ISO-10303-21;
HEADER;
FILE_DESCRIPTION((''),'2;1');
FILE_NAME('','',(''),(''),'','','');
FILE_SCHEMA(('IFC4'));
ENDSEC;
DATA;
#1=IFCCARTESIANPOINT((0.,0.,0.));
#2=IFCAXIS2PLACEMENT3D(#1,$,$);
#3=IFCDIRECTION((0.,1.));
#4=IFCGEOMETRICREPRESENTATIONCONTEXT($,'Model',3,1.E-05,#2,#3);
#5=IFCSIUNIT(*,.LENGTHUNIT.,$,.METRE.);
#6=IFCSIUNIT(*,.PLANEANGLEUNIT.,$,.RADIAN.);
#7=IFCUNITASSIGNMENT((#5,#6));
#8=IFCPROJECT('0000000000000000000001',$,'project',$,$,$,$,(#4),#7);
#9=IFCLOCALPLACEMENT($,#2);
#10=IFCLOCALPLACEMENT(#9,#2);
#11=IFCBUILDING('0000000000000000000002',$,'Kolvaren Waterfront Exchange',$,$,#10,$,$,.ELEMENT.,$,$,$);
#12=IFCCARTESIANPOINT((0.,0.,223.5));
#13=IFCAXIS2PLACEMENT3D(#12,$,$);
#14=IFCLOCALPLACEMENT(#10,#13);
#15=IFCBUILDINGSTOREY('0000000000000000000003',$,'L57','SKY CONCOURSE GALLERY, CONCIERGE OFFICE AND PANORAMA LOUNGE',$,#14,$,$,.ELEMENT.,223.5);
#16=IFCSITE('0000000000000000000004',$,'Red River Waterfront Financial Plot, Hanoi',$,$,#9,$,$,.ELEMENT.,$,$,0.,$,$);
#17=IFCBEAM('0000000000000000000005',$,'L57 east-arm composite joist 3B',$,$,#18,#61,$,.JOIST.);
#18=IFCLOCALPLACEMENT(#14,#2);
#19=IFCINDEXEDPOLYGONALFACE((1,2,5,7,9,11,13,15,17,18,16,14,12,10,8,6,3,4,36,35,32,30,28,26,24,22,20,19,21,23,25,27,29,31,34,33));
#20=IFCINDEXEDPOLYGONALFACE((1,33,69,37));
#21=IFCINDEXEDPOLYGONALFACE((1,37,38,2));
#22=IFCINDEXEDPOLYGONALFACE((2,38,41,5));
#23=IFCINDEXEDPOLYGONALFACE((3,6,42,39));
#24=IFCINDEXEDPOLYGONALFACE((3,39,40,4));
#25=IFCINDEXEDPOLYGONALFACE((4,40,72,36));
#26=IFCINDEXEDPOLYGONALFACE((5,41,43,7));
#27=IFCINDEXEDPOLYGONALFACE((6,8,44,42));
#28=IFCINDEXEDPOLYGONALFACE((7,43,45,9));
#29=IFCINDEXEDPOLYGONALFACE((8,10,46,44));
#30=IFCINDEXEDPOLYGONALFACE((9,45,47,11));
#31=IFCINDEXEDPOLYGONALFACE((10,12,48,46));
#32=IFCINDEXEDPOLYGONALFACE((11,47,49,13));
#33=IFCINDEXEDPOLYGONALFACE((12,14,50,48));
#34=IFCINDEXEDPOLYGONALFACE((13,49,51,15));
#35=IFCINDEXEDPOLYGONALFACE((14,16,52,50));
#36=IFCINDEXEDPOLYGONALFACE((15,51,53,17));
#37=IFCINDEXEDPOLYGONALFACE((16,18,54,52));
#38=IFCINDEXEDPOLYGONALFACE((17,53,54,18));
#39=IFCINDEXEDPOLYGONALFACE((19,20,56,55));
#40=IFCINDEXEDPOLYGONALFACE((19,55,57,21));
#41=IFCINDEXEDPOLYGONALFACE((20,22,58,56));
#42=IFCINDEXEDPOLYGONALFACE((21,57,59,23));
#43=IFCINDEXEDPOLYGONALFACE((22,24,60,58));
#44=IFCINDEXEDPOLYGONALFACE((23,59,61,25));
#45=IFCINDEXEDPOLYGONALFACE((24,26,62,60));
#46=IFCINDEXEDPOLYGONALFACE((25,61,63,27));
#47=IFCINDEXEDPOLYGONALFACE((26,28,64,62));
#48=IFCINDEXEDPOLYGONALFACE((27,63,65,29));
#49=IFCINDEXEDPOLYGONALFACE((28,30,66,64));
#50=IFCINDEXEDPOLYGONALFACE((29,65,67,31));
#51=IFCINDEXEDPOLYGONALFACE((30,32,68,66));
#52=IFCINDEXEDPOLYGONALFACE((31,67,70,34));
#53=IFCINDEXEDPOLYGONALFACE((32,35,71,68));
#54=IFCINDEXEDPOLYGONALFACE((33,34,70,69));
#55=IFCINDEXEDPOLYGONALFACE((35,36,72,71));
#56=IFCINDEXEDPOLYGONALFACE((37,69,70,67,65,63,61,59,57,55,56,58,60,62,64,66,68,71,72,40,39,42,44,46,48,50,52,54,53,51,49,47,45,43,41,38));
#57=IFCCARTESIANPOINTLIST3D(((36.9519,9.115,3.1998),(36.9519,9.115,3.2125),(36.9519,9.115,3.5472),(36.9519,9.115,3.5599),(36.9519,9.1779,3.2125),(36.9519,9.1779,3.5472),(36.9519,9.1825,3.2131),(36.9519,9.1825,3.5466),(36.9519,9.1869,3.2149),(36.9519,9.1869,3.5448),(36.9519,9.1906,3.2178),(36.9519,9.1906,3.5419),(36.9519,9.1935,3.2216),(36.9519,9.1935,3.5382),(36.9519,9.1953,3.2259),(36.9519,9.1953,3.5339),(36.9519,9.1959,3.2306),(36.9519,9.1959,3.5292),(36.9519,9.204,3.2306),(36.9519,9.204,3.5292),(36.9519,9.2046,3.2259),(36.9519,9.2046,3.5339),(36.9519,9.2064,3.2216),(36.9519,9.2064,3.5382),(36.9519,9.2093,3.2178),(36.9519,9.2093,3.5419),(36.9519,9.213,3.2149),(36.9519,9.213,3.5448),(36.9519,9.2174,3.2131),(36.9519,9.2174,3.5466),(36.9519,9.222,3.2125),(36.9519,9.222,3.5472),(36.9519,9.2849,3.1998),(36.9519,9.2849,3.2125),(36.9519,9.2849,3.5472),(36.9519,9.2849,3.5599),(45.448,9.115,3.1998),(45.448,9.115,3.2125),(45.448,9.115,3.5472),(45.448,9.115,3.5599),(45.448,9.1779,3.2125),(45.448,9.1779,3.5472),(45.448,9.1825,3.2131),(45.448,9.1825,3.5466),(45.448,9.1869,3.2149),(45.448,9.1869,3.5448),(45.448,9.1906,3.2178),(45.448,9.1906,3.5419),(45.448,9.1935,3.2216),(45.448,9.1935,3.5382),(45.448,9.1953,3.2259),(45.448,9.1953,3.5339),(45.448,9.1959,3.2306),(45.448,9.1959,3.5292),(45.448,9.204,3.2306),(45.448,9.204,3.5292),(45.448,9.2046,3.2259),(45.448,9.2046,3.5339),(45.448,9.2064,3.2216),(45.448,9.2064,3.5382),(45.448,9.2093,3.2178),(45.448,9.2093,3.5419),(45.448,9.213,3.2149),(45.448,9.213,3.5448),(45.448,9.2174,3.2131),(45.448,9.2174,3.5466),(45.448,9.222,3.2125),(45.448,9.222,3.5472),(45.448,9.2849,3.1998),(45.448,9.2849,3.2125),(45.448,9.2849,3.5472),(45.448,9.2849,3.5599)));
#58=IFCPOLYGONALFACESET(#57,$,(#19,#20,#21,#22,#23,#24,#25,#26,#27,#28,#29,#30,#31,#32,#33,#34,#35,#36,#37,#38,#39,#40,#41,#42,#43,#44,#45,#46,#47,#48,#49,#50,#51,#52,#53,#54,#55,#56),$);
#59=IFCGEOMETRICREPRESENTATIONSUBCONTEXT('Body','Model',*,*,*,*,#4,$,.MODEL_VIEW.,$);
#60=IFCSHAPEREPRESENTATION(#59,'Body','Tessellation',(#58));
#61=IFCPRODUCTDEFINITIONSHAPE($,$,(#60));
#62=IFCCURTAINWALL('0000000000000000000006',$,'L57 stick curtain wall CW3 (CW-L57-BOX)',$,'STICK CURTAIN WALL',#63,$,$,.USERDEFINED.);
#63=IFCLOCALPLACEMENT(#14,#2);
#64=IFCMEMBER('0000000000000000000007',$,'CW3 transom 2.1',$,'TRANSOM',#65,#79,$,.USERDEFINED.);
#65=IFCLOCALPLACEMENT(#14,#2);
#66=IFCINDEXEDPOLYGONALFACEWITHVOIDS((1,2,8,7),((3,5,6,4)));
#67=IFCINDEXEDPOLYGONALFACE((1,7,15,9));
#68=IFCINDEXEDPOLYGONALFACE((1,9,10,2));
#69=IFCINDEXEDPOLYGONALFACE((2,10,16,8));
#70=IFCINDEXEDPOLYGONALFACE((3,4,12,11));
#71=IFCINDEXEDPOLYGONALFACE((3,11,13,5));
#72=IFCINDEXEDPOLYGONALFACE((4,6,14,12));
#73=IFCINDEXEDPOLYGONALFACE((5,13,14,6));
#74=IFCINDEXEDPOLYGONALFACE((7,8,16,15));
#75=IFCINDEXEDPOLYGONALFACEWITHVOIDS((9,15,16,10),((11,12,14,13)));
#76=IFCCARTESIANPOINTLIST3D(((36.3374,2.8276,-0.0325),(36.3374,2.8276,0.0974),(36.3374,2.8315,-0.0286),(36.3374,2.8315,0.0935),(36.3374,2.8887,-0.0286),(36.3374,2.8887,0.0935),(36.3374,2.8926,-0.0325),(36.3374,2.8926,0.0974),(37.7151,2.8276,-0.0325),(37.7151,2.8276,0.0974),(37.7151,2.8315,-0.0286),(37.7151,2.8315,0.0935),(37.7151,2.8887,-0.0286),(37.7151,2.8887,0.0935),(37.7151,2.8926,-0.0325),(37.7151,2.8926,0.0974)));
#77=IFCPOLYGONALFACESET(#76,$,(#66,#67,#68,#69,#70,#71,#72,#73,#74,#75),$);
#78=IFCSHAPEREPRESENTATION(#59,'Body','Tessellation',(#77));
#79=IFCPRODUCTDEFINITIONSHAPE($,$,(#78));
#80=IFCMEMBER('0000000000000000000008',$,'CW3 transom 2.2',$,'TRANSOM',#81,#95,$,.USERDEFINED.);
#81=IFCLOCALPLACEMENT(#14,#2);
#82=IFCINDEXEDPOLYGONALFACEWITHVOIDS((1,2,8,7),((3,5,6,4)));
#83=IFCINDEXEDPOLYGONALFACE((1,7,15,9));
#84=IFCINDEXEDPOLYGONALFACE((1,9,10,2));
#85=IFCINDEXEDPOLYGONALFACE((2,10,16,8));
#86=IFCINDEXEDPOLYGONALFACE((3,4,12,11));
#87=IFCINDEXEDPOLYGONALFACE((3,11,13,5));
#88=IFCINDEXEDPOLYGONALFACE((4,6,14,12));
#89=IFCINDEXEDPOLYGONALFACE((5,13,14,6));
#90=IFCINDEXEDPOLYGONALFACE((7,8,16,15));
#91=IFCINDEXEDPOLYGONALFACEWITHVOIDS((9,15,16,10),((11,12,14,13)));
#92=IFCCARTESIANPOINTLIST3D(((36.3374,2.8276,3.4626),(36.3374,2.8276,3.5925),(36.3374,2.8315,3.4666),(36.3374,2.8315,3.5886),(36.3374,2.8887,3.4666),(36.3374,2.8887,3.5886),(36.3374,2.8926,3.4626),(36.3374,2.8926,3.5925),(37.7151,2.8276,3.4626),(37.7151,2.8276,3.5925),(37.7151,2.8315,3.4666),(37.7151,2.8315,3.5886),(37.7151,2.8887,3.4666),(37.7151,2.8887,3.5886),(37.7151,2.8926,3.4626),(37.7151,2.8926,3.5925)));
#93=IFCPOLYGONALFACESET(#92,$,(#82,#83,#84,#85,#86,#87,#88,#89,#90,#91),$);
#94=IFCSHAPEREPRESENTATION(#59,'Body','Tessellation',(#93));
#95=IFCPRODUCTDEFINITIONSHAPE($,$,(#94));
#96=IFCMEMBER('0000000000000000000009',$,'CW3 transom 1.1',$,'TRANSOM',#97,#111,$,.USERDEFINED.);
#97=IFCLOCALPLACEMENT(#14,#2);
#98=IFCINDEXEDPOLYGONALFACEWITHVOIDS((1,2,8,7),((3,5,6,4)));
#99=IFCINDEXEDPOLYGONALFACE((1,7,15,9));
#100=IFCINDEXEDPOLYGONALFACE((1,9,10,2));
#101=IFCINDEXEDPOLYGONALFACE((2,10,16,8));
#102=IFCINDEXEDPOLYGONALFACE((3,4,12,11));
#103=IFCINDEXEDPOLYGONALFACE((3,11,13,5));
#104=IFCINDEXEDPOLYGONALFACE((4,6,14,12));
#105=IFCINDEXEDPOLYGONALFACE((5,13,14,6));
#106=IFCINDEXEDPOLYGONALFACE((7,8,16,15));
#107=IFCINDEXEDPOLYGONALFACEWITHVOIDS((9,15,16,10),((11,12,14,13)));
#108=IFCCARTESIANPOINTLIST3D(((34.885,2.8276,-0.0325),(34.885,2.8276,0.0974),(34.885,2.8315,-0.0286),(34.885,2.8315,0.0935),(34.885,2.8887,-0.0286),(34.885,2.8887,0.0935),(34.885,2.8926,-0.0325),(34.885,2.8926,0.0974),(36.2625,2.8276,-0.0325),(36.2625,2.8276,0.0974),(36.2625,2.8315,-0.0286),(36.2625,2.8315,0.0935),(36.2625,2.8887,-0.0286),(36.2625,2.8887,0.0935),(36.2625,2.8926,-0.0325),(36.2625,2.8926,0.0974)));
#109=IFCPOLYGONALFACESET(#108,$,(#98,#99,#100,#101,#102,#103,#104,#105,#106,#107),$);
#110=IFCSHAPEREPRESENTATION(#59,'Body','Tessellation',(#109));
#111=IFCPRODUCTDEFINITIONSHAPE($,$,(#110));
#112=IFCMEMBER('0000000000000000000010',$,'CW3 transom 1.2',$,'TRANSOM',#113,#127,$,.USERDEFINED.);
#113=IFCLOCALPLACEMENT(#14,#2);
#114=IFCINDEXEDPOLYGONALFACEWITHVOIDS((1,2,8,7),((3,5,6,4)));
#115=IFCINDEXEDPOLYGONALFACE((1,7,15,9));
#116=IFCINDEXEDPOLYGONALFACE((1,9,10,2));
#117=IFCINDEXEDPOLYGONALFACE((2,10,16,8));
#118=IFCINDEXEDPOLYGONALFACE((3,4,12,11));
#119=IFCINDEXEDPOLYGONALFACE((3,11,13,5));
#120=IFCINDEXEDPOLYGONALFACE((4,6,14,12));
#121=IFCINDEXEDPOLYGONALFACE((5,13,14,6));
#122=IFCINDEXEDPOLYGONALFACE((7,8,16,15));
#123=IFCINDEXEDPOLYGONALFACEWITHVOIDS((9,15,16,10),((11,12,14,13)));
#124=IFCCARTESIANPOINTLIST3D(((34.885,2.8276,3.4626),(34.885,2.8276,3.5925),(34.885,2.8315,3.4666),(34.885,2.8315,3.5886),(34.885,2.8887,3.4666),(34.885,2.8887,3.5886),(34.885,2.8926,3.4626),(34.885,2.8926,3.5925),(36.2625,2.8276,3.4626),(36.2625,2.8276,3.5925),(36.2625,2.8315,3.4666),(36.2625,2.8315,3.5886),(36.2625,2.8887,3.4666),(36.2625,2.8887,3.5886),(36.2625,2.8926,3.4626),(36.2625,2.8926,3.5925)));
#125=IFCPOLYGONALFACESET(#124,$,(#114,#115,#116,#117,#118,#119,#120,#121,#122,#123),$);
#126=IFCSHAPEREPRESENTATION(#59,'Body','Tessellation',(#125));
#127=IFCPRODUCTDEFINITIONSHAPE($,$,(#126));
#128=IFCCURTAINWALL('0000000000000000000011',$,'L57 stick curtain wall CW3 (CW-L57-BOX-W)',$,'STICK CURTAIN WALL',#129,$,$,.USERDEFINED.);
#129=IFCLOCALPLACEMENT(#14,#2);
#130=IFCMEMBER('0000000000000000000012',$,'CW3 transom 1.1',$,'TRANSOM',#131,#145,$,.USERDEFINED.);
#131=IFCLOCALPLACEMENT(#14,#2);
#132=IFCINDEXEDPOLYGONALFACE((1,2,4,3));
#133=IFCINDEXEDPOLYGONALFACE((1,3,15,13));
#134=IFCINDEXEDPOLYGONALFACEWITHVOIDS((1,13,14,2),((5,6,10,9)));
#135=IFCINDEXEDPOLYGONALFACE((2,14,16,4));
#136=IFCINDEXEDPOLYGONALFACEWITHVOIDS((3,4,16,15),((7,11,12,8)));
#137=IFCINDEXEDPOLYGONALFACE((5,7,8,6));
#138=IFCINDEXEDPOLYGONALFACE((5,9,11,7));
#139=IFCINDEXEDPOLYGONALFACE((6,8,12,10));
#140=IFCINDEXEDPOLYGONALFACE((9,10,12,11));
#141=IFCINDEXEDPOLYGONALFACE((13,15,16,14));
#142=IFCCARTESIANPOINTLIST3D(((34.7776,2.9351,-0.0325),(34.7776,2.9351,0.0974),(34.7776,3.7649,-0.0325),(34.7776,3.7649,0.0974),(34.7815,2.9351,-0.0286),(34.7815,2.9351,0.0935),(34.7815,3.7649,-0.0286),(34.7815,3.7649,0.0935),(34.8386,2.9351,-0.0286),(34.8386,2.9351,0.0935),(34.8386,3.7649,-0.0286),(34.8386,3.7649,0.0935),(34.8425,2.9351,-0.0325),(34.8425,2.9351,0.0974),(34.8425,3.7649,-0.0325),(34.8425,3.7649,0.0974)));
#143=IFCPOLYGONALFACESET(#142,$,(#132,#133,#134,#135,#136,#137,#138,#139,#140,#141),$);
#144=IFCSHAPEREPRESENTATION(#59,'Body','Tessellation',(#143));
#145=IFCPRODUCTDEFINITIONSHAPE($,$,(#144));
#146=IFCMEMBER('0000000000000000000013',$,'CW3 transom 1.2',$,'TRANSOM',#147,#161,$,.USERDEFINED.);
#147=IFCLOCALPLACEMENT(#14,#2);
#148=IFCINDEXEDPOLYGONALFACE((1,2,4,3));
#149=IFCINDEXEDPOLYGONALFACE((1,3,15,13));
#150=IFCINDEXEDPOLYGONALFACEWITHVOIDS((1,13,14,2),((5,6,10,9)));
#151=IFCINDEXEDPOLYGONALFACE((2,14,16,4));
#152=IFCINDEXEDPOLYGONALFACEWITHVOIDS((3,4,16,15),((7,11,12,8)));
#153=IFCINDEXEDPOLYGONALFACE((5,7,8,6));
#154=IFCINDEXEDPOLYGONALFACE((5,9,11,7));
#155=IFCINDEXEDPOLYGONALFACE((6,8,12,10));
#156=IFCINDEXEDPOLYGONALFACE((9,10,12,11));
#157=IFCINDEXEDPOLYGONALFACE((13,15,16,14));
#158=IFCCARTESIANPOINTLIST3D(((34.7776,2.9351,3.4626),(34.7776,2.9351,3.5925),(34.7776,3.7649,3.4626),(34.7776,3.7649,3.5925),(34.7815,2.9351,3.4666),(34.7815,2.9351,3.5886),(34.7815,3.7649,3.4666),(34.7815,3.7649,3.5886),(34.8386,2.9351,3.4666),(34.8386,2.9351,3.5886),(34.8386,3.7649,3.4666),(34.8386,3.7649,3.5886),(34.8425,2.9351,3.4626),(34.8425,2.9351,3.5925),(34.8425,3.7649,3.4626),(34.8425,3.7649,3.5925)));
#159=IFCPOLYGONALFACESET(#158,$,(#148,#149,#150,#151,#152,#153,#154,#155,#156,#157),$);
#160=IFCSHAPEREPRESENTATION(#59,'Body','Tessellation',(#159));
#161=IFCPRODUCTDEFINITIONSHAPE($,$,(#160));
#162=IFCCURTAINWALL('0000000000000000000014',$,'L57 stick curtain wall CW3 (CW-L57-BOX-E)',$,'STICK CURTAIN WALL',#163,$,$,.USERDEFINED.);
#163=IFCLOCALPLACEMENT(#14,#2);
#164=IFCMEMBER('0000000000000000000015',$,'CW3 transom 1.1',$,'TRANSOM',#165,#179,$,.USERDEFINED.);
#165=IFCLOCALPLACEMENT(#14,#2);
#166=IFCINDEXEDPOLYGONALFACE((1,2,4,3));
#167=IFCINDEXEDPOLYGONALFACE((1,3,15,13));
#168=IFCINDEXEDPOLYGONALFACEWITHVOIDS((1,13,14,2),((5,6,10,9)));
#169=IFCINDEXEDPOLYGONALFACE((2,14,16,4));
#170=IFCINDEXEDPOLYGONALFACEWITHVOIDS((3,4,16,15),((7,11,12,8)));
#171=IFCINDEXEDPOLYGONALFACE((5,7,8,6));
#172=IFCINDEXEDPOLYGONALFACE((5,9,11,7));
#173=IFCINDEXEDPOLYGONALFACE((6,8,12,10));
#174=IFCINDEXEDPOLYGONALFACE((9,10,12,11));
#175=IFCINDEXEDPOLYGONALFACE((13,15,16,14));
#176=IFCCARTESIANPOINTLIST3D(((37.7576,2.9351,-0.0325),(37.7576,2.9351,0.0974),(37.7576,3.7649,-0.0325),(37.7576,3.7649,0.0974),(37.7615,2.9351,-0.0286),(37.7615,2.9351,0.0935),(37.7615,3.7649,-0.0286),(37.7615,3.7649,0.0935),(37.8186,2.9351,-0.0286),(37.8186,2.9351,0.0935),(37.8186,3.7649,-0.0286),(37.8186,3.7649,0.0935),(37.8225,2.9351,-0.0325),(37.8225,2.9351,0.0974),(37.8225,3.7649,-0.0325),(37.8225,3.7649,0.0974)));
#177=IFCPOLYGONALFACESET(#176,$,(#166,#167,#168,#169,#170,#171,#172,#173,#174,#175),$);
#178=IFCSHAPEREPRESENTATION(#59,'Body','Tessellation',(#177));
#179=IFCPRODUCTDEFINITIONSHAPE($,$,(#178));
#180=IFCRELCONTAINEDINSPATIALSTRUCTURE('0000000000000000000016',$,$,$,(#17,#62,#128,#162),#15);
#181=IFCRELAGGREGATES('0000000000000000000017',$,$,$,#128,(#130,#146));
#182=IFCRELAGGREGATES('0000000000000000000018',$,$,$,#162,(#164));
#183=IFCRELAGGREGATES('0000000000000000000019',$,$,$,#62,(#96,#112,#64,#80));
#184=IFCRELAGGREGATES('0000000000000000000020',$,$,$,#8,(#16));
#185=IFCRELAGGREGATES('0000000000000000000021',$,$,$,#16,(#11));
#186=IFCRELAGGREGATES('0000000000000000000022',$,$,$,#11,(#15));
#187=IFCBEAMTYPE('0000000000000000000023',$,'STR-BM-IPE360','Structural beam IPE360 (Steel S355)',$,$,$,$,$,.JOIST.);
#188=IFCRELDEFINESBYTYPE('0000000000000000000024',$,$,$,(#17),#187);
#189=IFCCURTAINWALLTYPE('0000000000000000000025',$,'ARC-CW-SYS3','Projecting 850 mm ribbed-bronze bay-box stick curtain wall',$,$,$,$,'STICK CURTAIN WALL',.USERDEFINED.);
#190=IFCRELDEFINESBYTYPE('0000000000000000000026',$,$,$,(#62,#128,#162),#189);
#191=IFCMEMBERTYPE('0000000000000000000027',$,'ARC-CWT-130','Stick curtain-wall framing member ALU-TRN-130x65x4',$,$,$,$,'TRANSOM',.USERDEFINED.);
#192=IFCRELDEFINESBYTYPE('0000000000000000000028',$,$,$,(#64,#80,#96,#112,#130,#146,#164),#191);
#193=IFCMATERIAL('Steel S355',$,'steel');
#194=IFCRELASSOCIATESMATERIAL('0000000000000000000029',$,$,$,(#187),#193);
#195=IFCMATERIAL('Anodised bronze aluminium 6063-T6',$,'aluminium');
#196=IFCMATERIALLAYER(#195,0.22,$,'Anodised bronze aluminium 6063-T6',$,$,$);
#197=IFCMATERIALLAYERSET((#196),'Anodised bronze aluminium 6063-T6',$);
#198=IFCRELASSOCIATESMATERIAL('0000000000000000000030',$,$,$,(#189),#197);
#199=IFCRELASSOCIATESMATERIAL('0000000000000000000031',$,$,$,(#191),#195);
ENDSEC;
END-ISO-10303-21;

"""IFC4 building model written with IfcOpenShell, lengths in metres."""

from ifc_helpers import new_model, si_unit, direction, frame, origin, origin_with_axes, origin_2d, place, context, subcontext, project, spatial, hollow_rectangle, i_section, extrude, source, transform, mapped, material, layer, layer_set, material_profile, profile_set, type_object, element, aggregate, save


model = new_model("IFC4")

# Units and contexts
model_context = context("Model", 3, precision=1e-05, world=origin(), true_north=direction((0.0, 1.0)))
body_context = subcontext(model_context, "Body", "Model", "MODEL_VIEW")
ifc_project = project(units=[si_unit("LENGTHUNIT", "METRE"), si_unit("PLANEANGLEUNIT", "RADIAN")], contexts=[model_context])

# Site, building, storey
site_placement = place(None, origin())
site = spatial("IfcSite", under=ifc_project, at=site_placement, Name="Red River Waterfront Financial Plot, Hanoi", CompositionType="ELEMENT", RefElevation=0.0)
building_placement = place(site_placement, origin())
building = spatial("IfcBuilding", under=site, at=building_placement, Name="Kolvaren Waterfront Exchange", CompositionType="ELEMENT")
storey_placement = place(building_placement, frame((0.0, 0.0, 223.5)))
storey = spatial("IfcBuildingStorey", under=building, at=storey_placement, Name="L57", Description="SKY CONCOURSE GALLERY, CONCIERGE OFFICE AND PANORAMA LOUNGE", CompositionType="ELEMENT", Elevation=223.5)

# Beam
ifc_material_1 = material(Name="Steel S355", Category="steel")
ifc_material_profile_1 = material_profile(ifc_material_1, i_section(OverallWidth=0.1699, OverallDepth=0.3601, WebThickness=0.0081, FlangeThickness=0.0127, FilletRadius=0.0181, at=origin_2d()), Name="IPE360")
ifc_profile_set_1 = profile_set([ifc_material_profile_1], Name="Steel S355")
beam_type_1 = type_object("IfcBeamType", Name="STR-BM-IPE360", Description="Structural beam IPE360 (Steel S355)", PredefinedType="JOIST", material=ifc_profile_set_1)
beam_1_placement = place(storey_placement, frame((36.9519, 9.2, 3.3799), z_axis=(1.0, 0.0, 0.0), x_axis=(0.0, 1.0, 0.0)))
element("IfcBeam", 1, at=beam_1_placement, inside=storey, type_object=beam_type_1, Name="L57 east-arm composite joist 3B", PredefinedType="JOIST", context=body_context, shape_type="SweptSolid", body=[
    extrude(i_section(OverallWidth=0.1699, OverallDepth=0.3601, WebThickness=0.0081, FlangeThickness=0.0127, FilletRadius=0.0181, at=origin_2d()), origin(), (0.0, 0.0, 1.0), 8.4961),
])

# Curtain walls, members
ifc_material_2 = material(Name="Anodised bronze aluminium 6063-T6", Category="aluminium")
ifc_layer_1 = layer(ifc_material_2, 0.22, Name="Anodised bronze aluminium 6063-T6")
ifc_layer_set_1 = layer_set([ifc_layer_1], Name="Anodised bronze aluminium 6063-T6")
curtain_wall_type_1 = type_object("IfcCurtainWallType", Name="ARC-CW-SYS3", Description="Projecting 850 mm ribbed-bronze bay-box stick curtain wall", ElementType="STICK CURTAIN WALL", PredefinedType="USERDEFINED", material=ifc_layer_set_1)
curtain_wall_1_placement = place(storey_placement, origin())
curtain_wall_1 = element("IfcCurtainWall", 2, at=curtain_wall_1_placement, inside=storey, type_object=curtain_wall_type_1, Name="L57 stick curtain wall CW3 (CW-L57-BOX)", ObjectType="STICK CURTAIN WALL", PredefinedType="USERDEFINED")
ifc_material_profile_2 = material_profile(ifc_material_2, hollow_rectangle(XDim=0.0649, YDim=0.1299, WallThickness=0.0039, at=origin_2d()), Name="ALU-TRN-130x65x4")
ifc_profile_set_2 = profile_set([ifc_material_profile_2], Name="Anodised bronze aluminium 6063-T6")
member_type_1 = type_object("IfcMemberType", Name="ARC-CWT-130", Description="Stick curtain-wall framing member ALU-TRN-130x65x4", ElementType="TRANSOM", PredefinedType="USERDEFINED", material=ifc_profile_set_2)
shared_shape_1 = source(origin_with_axes(), body_context, "Body", "SweptSolid", [
    extrude(hollow_rectangle(XDim=0.0649, YDim=0.1299, WallThickness=0.0039, at=origin_2d()), origin(), (0.0, 0.0, 1.0), 1.3777),
])
member_1_placement = place(storey_placement, frame((36.3374, 2.8601, 0.0325), z_axis=(1.0, 0.0, 0.0), x_axis=(0.0, 1.0, 0.0)))
member_1 = element("IfcMember", 3, at=member_1_placement, type_object=member_type_1, Name="CW3 transom 2.1", ObjectType="TRANSOM", PredefinedType="USERDEFINED", context=body_context, shape_type="MappedRepresentation", body=[
    mapped(shared_shape_1, transform((0.0, 0.0, 0.0), x_axis=(1.0, 0.0, 0.0), y_axis=(0.0, 1.0, 0.0), z_axis=(0.0, 0.0, 1.0), scale=1.0)),
])
member_2_placement = place(storey_placement, frame((36.3374, 2.8601, 3.5276), z_axis=(1.0, 0.0, 0.0), x_axis=(0.0, 1.0, 0.0)))
member_2 = element("IfcMember", 4, at=member_2_placement, type_object=member_type_1, Name="CW3 transom 2.2", ObjectType="TRANSOM", PredefinedType="USERDEFINED", context=body_context, shape_type="MappedRepresentation", body=[
    mapped(shared_shape_1, transform((0.0, 0.0, 0.0), x_axis=(1.0, 0.0, 0.0), y_axis=(0.0, 1.0, 0.0), z_axis=(0.0, 0.0, 1.0), scale=1.0)),
])
shared_shape_2 = source(origin_with_axes(), body_context, "Body", "SweptSolid", [
    extrude(hollow_rectangle(XDim=0.0649, YDim=0.1299, WallThickness=0.0039, at=origin_2d()), origin(), (0.0, 0.0, 1.0), 1.3774),
])
member_3_placement = place(storey_placement, frame((34.885, 2.8601, 0.0325), z_axis=(1.0, 0.0, 0.0), x_axis=(0.0, 1.0, 0.0)))
member_3 = element("IfcMember", 5, at=member_3_placement, type_object=member_type_1, Name="CW3 transom 1.1", ObjectType="TRANSOM", PredefinedType="USERDEFINED", context=body_context, shape_type="MappedRepresentation", body=[
    mapped(shared_shape_2, transform((0.0, 0.0, 0.0), x_axis=(1.0, 0.0, 0.0), y_axis=(0.0, 1.0, 0.0), z_axis=(0.0, 0.0, 1.0), scale=1.0)),
])
member_4_placement = place(storey_placement, frame((34.885, 2.8601, 3.5276), z_axis=(1.0, 0.0, 0.0), x_axis=(0.0, 1.0, 0.0)))
member_4 = element("IfcMember", 6, at=member_4_placement, type_object=member_type_1, Name="CW3 transom 1.2", ObjectType="TRANSOM", PredefinedType="USERDEFINED", context=body_context, shape_type="MappedRepresentation", body=[
    mapped(shared_shape_2, transform((0.0, 0.0, 0.0), x_axis=(1.0, 0.0, 0.0), y_axis=(0.0, 1.0, 0.0), z_axis=(0.0, 0.0, 1.0), scale=1.0)),
])
curtain_wall_2_placement = place(storey_placement, origin())
curtain_wall_2 = element("IfcCurtainWall", 7, at=curtain_wall_2_placement, inside=storey, type_object=curtain_wall_type_1, Name="L57 stick curtain wall CW3 (CW-L57-BOX-W)", ObjectType="STICK CURTAIN WALL", PredefinedType="USERDEFINED")
shared_shape_3 = source(origin_with_axes(), body_context, "Body", "SweptSolid", [
    extrude(hollow_rectangle(XDim=0.0649, YDim=0.1299, WallThickness=0.0039, at=origin_2d()), origin(), (0.0, 0.0, 1.0), 0.8298),
])
member_5_placement = place(storey_placement, frame((34.8101, 3.7649, 0.0325), z_axis=(0.0, -1.0, 0.0), x_axis=(1.0, 0.0, 0.0)))
member_5 = element("IfcMember", 8, at=member_5_placement, type_object=member_type_1, Name="CW3 transom 1.1", ObjectType="TRANSOM", PredefinedType="USERDEFINED", context=body_context, shape_type="MappedRepresentation", body=[
    mapped(shared_shape_3, transform((0.0, 0.0, 0.0), x_axis=(1.0, 0.0, 0.0), y_axis=(0.0, 1.0, 0.0), z_axis=(0.0, 0.0, 1.0), scale=1.0)),
])
member_6_placement = place(storey_placement, frame((34.8101, 3.7649, 3.5276), z_axis=(0.0, -1.0, 0.0), x_axis=(1.0, 0.0, 0.0)))
member_6 = element("IfcMember", 9, at=member_6_placement, type_object=member_type_1, Name="CW3 transom 1.2", ObjectType="TRANSOM", PredefinedType="USERDEFINED", context=body_context, shape_type="MappedRepresentation", body=[
    mapped(shared_shape_3, transform((0.0, 0.0, 0.0), x_axis=(1.0, 0.0, 0.0), y_axis=(0.0, 1.0, 0.0), z_axis=(0.0, 0.0, 1.0), scale=1.0)),
])
curtain_wall_3_placement = place(storey_placement, origin())
curtain_wall_3 = element("IfcCurtainWall", 10, at=curtain_wall_3_placement, inside=storey, type_object=curtain_wall_type_1, Name="L57 stick curtain wall CW3 (CW-L57-BOX-E)", ObjectType="STICK CURTAIN WALL", PredefinedType="USERDEFINED")
member_7_placement = place(storey_placement, frame((37.79, 2.9351, 0.0325), z_axis=(0.0, 1.0, 0.0), x_axis=(-1.0, 0.0, 0.0)))
member_7 = element("IfcMember", 11, at=member_7_placement, type_object=member_type_1, Name="CW3 transom 1.1", ObjectType="TRANSOM", PredefinedType="USERDEFINED", context=body_context, shape_type="MappedRepresentation", body=[
    mapped(shared_shape_3, transform((0.0, 0.0, 0.0), x_axis=(1.0, 0.0, 0.0), y_axis=(0.0, 1.0, 0.0), z_axis=(0.0, 0.0, 1.0), scale=1.0)),
])

aggregate(curtain_wall_2, [member_5, member_6])
aggregate(curtain_wall_3, [member_7])
aggregate(curtain_wall_1, [member_3, member_4, member_1, member_2])

save(model, "model.ifc")
